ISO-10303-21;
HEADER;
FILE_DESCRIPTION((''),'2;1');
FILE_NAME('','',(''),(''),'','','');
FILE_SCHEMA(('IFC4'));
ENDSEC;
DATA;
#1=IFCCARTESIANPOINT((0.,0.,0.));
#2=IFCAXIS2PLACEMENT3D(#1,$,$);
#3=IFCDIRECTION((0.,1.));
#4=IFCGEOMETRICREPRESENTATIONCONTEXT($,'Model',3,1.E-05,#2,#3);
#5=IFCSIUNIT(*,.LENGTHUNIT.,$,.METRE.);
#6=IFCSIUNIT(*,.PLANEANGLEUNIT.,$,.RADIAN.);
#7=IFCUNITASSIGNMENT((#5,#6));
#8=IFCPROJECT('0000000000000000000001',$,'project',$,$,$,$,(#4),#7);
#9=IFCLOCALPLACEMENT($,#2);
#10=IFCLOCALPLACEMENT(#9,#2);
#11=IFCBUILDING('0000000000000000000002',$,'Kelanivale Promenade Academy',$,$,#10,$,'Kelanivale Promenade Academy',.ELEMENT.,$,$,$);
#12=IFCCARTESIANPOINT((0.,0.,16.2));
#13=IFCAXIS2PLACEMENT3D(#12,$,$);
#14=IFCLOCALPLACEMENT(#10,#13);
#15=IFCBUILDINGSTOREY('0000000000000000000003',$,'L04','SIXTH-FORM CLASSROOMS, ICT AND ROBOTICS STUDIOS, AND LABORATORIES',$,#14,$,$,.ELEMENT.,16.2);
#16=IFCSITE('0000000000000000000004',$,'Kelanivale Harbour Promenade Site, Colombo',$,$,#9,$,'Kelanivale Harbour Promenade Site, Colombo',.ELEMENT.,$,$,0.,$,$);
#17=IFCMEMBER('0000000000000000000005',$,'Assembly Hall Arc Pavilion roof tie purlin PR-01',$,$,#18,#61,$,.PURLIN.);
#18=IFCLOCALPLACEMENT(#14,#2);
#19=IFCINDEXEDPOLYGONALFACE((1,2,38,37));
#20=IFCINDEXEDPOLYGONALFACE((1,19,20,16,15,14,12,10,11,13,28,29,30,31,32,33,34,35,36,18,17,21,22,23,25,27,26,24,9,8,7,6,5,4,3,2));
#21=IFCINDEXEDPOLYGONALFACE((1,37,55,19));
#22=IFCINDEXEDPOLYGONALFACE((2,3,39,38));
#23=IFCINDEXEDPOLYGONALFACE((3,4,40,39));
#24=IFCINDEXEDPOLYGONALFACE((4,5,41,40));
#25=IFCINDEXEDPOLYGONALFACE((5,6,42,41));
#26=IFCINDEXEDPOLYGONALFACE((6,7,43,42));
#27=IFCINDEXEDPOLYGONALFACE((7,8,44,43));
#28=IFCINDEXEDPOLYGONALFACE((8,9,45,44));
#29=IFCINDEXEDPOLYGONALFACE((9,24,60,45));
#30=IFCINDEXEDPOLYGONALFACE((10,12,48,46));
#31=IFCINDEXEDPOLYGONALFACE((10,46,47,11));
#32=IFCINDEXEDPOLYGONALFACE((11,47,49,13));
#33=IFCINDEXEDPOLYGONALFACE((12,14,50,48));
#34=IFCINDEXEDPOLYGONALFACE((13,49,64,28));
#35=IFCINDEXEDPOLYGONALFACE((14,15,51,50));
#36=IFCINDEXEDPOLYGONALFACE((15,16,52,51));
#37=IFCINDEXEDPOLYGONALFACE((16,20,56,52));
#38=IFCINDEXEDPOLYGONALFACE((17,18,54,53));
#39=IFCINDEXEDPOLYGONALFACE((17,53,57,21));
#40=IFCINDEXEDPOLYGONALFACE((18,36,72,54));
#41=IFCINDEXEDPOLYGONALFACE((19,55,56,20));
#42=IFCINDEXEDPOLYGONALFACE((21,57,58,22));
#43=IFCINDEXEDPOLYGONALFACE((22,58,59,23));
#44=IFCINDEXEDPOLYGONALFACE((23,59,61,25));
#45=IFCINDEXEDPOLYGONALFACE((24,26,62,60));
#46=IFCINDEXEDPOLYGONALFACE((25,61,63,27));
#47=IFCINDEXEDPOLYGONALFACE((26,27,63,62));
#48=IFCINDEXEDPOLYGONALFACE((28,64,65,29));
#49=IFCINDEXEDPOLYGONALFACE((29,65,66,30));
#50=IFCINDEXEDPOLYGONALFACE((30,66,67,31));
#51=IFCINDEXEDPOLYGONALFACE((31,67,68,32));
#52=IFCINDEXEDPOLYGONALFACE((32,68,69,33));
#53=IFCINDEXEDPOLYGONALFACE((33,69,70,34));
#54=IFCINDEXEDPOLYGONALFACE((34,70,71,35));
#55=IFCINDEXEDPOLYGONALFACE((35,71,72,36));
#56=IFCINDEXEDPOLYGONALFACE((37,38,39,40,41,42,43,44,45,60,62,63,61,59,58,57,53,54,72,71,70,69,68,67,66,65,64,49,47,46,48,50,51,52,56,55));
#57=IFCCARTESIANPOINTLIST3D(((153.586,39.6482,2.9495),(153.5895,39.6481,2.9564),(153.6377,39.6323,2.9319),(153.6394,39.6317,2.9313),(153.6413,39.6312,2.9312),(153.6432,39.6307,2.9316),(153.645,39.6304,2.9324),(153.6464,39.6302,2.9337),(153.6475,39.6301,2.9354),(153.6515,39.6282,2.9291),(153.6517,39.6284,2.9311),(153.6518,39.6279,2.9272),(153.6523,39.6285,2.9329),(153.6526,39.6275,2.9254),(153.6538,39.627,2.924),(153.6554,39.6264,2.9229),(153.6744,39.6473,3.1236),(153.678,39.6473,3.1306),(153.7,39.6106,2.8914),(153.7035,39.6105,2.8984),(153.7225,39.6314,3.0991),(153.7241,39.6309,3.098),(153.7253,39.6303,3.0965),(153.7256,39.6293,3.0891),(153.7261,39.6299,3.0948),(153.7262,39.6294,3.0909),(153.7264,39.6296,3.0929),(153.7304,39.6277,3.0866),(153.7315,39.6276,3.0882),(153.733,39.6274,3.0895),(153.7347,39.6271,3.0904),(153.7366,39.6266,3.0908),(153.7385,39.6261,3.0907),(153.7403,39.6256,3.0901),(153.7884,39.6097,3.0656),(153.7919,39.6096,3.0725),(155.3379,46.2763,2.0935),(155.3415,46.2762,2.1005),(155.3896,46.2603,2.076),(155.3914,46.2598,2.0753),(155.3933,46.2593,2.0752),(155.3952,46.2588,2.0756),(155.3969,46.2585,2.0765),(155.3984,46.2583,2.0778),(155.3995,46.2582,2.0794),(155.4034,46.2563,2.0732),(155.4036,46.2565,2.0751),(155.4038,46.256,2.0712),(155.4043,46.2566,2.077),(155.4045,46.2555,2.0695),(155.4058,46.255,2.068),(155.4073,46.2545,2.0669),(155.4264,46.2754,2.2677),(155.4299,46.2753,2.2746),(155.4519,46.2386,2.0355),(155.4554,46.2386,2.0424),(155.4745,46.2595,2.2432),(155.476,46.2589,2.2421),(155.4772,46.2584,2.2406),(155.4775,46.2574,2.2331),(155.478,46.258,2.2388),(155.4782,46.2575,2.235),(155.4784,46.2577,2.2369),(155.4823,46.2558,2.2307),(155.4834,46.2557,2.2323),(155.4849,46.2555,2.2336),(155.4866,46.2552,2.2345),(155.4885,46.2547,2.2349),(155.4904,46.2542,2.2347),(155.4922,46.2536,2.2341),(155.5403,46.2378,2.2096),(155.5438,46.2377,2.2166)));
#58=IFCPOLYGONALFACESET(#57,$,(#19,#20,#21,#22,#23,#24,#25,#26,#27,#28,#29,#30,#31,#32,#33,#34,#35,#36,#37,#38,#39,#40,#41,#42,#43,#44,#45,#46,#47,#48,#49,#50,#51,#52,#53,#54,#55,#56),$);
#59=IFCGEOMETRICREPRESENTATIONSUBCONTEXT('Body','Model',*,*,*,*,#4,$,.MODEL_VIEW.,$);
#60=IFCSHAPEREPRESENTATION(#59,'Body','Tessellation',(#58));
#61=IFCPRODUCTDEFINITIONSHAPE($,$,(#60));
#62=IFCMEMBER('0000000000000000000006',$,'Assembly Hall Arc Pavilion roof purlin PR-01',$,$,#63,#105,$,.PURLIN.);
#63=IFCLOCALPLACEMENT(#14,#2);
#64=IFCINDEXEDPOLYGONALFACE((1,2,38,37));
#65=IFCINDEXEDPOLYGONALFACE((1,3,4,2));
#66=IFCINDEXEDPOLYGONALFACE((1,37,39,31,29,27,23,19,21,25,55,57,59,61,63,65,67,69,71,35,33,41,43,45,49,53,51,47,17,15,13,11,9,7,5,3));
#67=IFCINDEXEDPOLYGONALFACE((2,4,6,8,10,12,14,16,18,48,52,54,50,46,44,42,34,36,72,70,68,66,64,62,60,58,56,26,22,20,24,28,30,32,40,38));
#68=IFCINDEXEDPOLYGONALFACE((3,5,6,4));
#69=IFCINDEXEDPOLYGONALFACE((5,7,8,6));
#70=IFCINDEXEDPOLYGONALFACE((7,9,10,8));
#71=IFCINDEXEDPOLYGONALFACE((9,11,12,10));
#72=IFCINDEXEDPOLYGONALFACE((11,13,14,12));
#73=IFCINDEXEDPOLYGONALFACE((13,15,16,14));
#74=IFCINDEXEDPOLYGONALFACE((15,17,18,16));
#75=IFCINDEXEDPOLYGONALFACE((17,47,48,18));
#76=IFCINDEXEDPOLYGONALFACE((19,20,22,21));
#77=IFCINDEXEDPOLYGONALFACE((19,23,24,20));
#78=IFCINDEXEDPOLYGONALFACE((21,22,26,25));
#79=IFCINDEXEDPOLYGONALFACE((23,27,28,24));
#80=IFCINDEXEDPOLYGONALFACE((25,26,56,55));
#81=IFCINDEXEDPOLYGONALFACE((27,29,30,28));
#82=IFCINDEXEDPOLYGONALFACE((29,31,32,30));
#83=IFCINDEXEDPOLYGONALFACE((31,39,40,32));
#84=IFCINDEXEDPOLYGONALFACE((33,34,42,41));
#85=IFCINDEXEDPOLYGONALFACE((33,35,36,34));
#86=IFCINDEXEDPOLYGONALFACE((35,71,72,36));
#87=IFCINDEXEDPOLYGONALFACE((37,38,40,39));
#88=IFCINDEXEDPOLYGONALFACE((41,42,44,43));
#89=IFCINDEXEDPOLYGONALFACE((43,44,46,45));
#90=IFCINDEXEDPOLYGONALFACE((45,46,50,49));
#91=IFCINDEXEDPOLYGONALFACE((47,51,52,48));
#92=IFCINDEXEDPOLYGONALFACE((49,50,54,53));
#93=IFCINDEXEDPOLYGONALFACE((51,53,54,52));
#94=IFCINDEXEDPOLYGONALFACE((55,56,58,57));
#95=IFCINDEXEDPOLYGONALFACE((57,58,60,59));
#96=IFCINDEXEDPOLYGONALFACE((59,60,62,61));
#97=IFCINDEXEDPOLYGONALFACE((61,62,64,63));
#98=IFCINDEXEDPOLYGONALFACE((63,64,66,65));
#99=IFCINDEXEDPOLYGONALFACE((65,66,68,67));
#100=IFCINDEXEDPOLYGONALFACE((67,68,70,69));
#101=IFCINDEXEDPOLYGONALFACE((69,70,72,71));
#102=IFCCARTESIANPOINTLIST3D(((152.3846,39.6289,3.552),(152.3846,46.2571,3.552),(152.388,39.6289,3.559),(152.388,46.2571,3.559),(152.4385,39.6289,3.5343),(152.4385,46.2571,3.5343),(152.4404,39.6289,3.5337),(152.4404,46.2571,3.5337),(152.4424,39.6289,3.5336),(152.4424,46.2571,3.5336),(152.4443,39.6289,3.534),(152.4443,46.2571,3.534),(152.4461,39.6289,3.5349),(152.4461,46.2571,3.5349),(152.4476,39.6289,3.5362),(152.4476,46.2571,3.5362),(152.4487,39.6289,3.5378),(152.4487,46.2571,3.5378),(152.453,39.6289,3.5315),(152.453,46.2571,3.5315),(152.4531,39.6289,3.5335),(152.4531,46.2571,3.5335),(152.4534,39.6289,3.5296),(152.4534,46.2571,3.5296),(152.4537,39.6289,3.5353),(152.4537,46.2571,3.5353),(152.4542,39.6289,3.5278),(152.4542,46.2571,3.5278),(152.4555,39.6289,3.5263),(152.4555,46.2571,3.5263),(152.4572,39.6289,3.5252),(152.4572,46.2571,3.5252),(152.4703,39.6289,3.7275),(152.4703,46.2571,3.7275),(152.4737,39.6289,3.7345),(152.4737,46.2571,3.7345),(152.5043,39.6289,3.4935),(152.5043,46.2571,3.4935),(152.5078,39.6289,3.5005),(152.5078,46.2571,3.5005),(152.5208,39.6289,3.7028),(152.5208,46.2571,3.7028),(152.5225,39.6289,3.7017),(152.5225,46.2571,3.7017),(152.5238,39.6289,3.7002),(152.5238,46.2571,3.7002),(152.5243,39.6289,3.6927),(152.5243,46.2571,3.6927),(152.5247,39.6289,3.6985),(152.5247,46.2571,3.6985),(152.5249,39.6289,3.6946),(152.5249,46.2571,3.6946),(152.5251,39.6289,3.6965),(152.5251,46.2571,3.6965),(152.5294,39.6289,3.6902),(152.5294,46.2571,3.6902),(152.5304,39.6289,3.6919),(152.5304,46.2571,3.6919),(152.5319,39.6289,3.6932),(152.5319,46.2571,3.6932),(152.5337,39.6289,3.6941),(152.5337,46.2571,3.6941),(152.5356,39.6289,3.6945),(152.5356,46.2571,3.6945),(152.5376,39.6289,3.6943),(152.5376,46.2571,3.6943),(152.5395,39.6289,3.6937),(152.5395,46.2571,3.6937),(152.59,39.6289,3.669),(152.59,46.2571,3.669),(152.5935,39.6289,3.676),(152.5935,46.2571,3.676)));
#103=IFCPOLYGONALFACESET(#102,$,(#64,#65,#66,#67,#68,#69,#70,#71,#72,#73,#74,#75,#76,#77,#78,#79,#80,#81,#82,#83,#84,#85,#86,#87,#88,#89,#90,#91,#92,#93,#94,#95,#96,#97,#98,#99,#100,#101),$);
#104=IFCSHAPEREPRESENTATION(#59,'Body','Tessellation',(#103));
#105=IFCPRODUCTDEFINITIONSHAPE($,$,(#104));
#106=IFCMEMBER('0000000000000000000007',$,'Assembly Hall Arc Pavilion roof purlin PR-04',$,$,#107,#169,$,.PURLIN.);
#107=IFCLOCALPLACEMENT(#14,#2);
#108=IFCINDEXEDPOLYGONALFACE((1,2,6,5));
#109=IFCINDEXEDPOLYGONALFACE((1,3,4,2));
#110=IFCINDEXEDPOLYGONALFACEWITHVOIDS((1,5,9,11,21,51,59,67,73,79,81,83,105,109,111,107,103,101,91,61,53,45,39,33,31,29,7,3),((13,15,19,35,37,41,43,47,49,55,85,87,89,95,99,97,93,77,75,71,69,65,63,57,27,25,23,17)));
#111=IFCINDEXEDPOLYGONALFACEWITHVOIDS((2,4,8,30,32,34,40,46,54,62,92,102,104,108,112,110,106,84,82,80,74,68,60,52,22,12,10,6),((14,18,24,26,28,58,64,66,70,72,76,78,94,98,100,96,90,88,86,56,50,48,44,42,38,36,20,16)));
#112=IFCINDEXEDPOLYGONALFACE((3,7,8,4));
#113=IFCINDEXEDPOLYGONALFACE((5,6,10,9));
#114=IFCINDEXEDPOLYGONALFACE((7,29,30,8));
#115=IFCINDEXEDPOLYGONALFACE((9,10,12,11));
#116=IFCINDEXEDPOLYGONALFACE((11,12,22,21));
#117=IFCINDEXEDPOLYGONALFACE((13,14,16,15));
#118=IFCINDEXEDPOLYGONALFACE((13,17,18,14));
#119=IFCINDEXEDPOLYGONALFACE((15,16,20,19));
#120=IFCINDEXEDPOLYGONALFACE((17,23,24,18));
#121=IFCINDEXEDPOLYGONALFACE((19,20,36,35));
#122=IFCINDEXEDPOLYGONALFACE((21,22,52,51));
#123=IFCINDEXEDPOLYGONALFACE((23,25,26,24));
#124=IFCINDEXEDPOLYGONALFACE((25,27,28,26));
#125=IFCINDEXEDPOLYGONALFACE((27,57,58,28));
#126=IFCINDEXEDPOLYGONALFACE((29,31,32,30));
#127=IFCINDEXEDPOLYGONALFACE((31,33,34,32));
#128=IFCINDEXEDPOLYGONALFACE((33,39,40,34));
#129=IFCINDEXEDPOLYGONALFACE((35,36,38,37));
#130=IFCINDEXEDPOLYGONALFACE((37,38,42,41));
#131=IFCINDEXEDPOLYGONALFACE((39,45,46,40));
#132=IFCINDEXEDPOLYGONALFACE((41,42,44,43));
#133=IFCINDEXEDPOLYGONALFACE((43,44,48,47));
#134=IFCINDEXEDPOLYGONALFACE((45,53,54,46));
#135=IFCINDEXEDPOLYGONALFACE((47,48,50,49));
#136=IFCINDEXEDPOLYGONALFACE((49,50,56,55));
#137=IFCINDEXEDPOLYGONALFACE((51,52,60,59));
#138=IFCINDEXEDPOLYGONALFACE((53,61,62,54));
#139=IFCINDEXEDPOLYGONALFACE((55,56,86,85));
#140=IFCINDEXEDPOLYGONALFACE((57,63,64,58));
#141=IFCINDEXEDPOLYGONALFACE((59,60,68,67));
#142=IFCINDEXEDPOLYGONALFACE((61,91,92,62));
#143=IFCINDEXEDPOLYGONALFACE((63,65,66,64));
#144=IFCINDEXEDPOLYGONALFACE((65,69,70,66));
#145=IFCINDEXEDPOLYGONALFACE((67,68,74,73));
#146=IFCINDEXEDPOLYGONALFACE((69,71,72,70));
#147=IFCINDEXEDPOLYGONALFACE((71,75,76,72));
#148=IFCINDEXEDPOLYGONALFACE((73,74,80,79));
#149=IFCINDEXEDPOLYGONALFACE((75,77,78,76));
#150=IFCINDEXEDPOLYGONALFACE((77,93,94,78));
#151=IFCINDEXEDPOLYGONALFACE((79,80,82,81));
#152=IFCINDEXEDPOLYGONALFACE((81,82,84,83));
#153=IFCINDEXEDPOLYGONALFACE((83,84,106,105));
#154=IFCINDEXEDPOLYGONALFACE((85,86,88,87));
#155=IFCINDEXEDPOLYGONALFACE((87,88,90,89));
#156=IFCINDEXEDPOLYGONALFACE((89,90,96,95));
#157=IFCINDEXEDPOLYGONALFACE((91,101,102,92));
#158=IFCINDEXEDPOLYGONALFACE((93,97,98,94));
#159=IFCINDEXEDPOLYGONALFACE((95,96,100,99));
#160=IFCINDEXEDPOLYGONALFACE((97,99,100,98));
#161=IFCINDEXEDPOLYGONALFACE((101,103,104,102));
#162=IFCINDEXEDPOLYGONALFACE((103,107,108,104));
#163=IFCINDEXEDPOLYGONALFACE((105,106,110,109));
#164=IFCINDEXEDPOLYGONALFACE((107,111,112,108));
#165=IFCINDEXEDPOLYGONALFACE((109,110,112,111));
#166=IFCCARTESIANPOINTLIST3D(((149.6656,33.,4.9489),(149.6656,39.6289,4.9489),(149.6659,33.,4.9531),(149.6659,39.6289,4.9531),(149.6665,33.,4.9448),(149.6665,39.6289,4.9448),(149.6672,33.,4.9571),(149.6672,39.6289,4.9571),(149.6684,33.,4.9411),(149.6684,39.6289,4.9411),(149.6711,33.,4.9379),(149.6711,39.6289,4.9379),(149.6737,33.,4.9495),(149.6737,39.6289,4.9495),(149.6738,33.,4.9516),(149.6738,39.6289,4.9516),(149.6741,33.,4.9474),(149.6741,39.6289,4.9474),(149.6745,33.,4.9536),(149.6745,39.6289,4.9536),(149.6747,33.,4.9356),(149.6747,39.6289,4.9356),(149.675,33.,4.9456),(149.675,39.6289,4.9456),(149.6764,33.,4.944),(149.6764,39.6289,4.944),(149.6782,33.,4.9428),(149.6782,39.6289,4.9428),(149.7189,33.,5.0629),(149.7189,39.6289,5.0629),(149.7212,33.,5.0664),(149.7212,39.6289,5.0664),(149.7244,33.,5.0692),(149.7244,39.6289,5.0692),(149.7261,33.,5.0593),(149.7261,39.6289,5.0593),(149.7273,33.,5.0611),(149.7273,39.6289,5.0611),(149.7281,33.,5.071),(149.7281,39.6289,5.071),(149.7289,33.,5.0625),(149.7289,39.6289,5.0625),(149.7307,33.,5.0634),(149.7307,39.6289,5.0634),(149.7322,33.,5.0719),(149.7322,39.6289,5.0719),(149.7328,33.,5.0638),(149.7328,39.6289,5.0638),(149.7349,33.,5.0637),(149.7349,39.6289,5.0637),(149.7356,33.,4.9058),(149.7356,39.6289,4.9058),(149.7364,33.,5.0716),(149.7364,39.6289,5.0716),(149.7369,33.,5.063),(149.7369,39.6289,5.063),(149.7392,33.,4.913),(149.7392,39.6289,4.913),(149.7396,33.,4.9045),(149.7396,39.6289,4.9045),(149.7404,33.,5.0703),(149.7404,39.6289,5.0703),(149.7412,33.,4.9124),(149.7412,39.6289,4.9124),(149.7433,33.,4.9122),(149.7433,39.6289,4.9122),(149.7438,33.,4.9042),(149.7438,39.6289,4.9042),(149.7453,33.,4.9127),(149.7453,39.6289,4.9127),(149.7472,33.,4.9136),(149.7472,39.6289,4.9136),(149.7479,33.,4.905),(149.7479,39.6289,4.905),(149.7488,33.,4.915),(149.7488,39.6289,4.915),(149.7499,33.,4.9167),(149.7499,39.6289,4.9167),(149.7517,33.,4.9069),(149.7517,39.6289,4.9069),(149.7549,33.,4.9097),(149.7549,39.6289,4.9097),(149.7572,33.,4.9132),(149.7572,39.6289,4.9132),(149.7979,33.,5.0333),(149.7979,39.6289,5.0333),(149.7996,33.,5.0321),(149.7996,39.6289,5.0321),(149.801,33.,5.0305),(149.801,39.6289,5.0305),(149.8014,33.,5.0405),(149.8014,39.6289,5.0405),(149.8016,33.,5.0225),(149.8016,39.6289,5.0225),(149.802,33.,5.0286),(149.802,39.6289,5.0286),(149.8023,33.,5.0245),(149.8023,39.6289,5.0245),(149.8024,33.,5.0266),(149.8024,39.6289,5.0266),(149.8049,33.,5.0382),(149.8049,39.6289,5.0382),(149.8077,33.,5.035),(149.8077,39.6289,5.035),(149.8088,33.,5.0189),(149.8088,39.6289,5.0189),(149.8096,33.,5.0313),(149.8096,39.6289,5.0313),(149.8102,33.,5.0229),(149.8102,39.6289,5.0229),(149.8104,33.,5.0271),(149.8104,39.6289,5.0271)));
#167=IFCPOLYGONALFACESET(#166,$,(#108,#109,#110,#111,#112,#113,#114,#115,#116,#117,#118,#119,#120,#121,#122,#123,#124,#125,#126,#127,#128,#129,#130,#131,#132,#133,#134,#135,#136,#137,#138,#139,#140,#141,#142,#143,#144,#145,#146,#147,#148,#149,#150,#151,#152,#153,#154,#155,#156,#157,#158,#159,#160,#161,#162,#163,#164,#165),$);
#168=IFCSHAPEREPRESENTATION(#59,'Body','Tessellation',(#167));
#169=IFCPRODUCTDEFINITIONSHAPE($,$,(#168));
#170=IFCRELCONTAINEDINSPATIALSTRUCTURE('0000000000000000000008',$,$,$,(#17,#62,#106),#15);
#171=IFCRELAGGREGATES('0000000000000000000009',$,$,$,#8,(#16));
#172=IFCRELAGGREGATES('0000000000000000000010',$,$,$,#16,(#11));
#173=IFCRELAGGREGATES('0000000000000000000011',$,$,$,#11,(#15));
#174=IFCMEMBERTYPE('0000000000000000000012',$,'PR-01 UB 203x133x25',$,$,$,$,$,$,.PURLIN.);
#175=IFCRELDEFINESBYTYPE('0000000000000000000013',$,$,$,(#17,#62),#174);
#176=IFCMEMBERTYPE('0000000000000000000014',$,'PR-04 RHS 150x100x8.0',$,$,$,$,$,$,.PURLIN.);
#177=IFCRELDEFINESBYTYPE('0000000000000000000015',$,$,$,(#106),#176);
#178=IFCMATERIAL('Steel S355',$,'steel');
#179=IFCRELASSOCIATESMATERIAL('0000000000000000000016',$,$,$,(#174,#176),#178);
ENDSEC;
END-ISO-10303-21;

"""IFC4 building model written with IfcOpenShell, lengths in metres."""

from ifc_helpers import new_model, si_unit, direction, frame, origin, origin_2d, place, context, subcontext, project, spatial, hollow_rectangle, i_section, extrude, material, material_profile, profile_set, type_object, element, save


model = new_model("IFC4")

# Units and contexts
model_context = context("Model", 3, precision=1e-05, world=origin(), true_north=direction((0.0, 1.0)))
body_context = subcontext(model_context, "Body", "Model", "MODEL_VIEW")
ifc_project = project(units=[si_unit("LENGTHUNIT", "METRE"), si_unit("PLANEANGLEUNIT", "RADIAN")], contexts=[model_context])

# Site, building, storey
site_placement = place(None, origin())
site = spatial("IfcSite", under=ifc_project, at=site_placement, Name="Kelanivale Harbour Promenade Site, Colombo", LongName="Kelanivale Harbour Promenade Site, Colombo", CompositionType="ELEMENT", RefElevation=0.0)
building_placement = place(site_placement, origin())
building = spatial("IfcBuilding", under=site, at=building_placement, Name="Kelanivale Promenade Academy", LongName="Kelanivale Promenade Academy", CompositionType="ELEMENT")
storey_placement = place(building_placement, frame((0.0, 0.0, 16.2)))
storey = spatial("IfcBuildingStorey", under=building, at=storey_placement, Name="L04", Description="SIXTH-FORM CLASSROOMS, ICT AND ROBOTICS STUDIOS, AND LABORATORIES", CompositionType="ELEMENT", Elevation=16.2)

# Shared definitions
ifc_material_1 = material(Name="Steel S355", Category="steel")

# Members
ifc_material_profile_1 = material_profile(ifc_material_1, i_section(OverallWidth=0.1333, OverallDepth=0.2031, WebThickness=0.0056, FlangeThickness=0.0078, FilletRadius=0.0076, at=origin_2d()), Name="UB 203x133x25")
ifc_profile_set_1 = profile_set([ifc_material_profile_1], Name="Steel S355")
member_type_1 = type_object("IfcMemberType", Name="PR-01 UB 203x133x25", PredefinedType="PURLIN", material=ifc_profile_set_1)
member_1_placement = place(storey_placement, frame((153.689, 39.6289, 3.011), z_axis=(0.253574, 0.959349, -0.12389), x_axis=(-0.854837, 0.282185, 0.435461)))
element("IfcMember", 1, at=member_1_placement, inside=storey, type_object=member_type_1, Name="Assembly Hall Arc Pavilion roof tie purlin PR-01", PredefinedType="PURLIN", context=body_context, shape_type="SweptSolid", body=[
    extrude(i_section(OverallWidth=0.1333, OverallDepth=0.2031, WebThickness=0.0056, FlangeThickness=0.0078, FilletRadius=0.0076, at=origin_2d()), origin(), (0.0, 0.0, 1.0), 6.9089),
])
member_2_placement = place(storey_placement, frame((152.489, 39.6289, 3.614), z_axis=(0.0, 1.0, 0.0), x_axis=(-0.898564, 0.0, 0.438842)))
element("IfcMember", 2, at=member_2_placement, inside=storey, type_object=member_type_1, Name="Assembly Hall Arc Pavilion roof purlin PR-01", PredefinedType="PURLIN", context=body_context, shape_type="SweptSolid", body=[
    extrude(i_section(OverallWidth=0.1333, OverallDepth=0.2031, WebThickness=0.0056, FlangeThickness=0.0078, FilletRadius=0.0076, at=origin_2d()), origin(), (0.0, 0.0, 1.0), 6.6282),
])
ifc_material_profile_2 = material_profile(ifc_material_1, hollow_rectangle(XDim=0.1001, YDim=0.1499, WallThickness=0.0081, InnerFilletRadius=0.0081, OuterFilletRadius=0.0161, at=origin_2d()), Name="RHS 150x100x8.0")
ifc_profile_set_2 = profile_set([ifc_material_profile_2], Name="Steel S355")
member_type_2 = type_object("IfcMemberType", Name="PR-04 RHS 150x100x8.0", PredefinedType="PURLIN", material=ifc_profile_set_2)
member_3_placement = place(storey_placement, frame((149.738, 33.0, 4.988), z_axis=(0.0, 1.0, 0.0), x_axis=(-0.898564, 0.0, 0.438842)))
element("IfcMember", 3, at=member_3_placement, inside=storey, type_object=member_type_2, Name="Assembly Hall Arc Pavilion roof purlin PR-04", PredefinedType="PURLIN", context=body_context, shape_type="SweptSolid", body=[
    extrude(hollow_rectangle(XDim=0.1001, YDim=0.1499, WallThickness=0.0081, InnerFilletRadius=0.0081, OuterFilletRadius=0.0161, at=origin_2d()), origin(), (0.0, 0.0, 1.0), 6.6289),
])

save(model, "model.ifc")
